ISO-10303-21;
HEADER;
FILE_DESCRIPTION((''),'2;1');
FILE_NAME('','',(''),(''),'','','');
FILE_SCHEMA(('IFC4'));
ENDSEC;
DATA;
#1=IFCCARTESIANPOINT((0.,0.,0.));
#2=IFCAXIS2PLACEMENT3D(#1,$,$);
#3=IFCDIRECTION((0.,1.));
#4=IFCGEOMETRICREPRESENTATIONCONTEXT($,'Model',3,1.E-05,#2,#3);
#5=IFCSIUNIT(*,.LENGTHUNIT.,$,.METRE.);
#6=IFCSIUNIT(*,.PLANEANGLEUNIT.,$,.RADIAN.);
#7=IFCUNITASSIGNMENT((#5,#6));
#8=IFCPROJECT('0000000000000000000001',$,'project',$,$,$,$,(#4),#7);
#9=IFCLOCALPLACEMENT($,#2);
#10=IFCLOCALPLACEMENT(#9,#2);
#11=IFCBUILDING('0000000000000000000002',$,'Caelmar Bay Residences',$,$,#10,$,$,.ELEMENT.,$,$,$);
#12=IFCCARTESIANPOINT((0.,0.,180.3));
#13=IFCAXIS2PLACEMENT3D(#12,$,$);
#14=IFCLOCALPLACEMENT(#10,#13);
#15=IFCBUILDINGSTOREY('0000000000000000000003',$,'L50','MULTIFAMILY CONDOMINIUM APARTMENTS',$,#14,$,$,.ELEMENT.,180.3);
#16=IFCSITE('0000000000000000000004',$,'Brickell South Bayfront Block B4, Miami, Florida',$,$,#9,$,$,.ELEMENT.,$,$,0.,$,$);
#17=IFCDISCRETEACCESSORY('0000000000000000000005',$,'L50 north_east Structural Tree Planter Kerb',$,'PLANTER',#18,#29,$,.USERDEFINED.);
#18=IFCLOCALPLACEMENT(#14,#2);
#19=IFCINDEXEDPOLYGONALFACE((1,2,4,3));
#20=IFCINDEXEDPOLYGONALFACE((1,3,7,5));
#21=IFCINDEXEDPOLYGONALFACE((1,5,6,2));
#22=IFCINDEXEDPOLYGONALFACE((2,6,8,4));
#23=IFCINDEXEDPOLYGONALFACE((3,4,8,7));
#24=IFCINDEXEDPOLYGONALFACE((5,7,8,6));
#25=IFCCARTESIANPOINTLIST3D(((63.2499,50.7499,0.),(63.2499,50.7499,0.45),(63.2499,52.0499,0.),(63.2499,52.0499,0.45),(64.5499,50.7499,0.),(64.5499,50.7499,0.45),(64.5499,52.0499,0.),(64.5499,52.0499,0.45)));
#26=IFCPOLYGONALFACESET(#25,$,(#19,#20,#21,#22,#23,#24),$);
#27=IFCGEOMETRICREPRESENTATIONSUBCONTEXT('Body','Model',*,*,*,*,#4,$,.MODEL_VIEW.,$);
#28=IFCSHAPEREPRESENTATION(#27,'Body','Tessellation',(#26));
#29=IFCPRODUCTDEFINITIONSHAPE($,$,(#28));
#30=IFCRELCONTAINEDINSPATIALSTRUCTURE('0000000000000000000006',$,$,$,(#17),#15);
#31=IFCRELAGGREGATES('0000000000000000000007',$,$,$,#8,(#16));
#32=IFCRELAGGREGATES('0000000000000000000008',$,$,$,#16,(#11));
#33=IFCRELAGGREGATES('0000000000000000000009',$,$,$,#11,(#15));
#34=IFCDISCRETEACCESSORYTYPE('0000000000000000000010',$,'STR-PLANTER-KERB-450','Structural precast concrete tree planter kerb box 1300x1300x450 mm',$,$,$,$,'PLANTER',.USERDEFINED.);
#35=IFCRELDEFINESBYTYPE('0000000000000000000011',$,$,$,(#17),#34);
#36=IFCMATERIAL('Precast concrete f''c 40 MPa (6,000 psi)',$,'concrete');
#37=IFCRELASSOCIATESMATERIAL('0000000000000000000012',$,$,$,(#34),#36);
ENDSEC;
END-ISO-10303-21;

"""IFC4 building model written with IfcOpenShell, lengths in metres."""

from ifc_helpers import new_model, si_unit, direction, frame, origin, origin_2d, place, context, subcontext, project, spatial, rectangle, extrude, material, type_object, element, save


model = new_model("IFC4")

# Units and contexts
model_context = context("Model", 3, precision=1e-05, world=origin(), true_north=direction((0.0, 1.0)))
body_context = subcontext(model_context, "Body", "Model", "MODEL_VIEW")
ifc_project = project(units=[si_unit("LENGTHUNIT", "METRE"), si_unit("PLANEANGLEUNIT", "RADIAN")], contexts=[model_context])

# Site, building, storey
site_placement = place(None, origin())
site = spatial("IfcSite", under=ifc_project, at=site_placement, Name="Brickell South Bayfront Block B4, Miami, Florida", CompositionType="ELEMENT", RefElevation=0.0)
building_placement = place(site_placement, origin())
building = spatial("IfcBuilding", under=site, at=building_placement, Name="Caelmar Bay Residences", CompositionType="ELEMENT")
storey_placement = place(building_placement, frame((0.0, 0.0, 180.3)))
storey = spatial("IfcBuildingStorey", under=building, at=storey_placement, Name="L50", Description="MULTIFAMILY CONDOMINIUM APARTMENTS", CompositionType="ELEMENT", Elevation=180.3)

# Shared definitions
ifc_material_1 = material(Name="Precast concrete f'c 40 MPa (6,000 psi)", Category="concrete")

# Discrete accessory
discrete_accessory_type = type_object("IfcDiscreteAccessoryType", Name="STR-PLANTER-KERB-450", Description="Structural precast concrete tree planter kerb box 1300x1300x450 mm", ElementType="PLANTER", PredefinedType="USERDEFINED", material=ifc_material_1)
discrete_accessory_placement = place(storey_placement, frame((63.8999, 51.3999, 0.0), z_axis=(0.0, 0.0, 1.0), x_axis=(1.0, 0.0, 0.0)))
element("IfcDiscreteAccessory", 1, at=discrete_accessory_placement, inside=storey, type_object=discrete_accessory_type, Name="L50 north_east Structural Tree Planter Kerb", ObjectType="PLANTER", PredefinedType="USERDEFINED", context=body_context, shape_type="SweptSolid", body=[
    extrude(rectangle(XDim=1.3, YDim=1.3, at=origin_2d()), origin(), (0.0, 0.0, 1.0), 0.45),
])

save(model, "model.ifc")
